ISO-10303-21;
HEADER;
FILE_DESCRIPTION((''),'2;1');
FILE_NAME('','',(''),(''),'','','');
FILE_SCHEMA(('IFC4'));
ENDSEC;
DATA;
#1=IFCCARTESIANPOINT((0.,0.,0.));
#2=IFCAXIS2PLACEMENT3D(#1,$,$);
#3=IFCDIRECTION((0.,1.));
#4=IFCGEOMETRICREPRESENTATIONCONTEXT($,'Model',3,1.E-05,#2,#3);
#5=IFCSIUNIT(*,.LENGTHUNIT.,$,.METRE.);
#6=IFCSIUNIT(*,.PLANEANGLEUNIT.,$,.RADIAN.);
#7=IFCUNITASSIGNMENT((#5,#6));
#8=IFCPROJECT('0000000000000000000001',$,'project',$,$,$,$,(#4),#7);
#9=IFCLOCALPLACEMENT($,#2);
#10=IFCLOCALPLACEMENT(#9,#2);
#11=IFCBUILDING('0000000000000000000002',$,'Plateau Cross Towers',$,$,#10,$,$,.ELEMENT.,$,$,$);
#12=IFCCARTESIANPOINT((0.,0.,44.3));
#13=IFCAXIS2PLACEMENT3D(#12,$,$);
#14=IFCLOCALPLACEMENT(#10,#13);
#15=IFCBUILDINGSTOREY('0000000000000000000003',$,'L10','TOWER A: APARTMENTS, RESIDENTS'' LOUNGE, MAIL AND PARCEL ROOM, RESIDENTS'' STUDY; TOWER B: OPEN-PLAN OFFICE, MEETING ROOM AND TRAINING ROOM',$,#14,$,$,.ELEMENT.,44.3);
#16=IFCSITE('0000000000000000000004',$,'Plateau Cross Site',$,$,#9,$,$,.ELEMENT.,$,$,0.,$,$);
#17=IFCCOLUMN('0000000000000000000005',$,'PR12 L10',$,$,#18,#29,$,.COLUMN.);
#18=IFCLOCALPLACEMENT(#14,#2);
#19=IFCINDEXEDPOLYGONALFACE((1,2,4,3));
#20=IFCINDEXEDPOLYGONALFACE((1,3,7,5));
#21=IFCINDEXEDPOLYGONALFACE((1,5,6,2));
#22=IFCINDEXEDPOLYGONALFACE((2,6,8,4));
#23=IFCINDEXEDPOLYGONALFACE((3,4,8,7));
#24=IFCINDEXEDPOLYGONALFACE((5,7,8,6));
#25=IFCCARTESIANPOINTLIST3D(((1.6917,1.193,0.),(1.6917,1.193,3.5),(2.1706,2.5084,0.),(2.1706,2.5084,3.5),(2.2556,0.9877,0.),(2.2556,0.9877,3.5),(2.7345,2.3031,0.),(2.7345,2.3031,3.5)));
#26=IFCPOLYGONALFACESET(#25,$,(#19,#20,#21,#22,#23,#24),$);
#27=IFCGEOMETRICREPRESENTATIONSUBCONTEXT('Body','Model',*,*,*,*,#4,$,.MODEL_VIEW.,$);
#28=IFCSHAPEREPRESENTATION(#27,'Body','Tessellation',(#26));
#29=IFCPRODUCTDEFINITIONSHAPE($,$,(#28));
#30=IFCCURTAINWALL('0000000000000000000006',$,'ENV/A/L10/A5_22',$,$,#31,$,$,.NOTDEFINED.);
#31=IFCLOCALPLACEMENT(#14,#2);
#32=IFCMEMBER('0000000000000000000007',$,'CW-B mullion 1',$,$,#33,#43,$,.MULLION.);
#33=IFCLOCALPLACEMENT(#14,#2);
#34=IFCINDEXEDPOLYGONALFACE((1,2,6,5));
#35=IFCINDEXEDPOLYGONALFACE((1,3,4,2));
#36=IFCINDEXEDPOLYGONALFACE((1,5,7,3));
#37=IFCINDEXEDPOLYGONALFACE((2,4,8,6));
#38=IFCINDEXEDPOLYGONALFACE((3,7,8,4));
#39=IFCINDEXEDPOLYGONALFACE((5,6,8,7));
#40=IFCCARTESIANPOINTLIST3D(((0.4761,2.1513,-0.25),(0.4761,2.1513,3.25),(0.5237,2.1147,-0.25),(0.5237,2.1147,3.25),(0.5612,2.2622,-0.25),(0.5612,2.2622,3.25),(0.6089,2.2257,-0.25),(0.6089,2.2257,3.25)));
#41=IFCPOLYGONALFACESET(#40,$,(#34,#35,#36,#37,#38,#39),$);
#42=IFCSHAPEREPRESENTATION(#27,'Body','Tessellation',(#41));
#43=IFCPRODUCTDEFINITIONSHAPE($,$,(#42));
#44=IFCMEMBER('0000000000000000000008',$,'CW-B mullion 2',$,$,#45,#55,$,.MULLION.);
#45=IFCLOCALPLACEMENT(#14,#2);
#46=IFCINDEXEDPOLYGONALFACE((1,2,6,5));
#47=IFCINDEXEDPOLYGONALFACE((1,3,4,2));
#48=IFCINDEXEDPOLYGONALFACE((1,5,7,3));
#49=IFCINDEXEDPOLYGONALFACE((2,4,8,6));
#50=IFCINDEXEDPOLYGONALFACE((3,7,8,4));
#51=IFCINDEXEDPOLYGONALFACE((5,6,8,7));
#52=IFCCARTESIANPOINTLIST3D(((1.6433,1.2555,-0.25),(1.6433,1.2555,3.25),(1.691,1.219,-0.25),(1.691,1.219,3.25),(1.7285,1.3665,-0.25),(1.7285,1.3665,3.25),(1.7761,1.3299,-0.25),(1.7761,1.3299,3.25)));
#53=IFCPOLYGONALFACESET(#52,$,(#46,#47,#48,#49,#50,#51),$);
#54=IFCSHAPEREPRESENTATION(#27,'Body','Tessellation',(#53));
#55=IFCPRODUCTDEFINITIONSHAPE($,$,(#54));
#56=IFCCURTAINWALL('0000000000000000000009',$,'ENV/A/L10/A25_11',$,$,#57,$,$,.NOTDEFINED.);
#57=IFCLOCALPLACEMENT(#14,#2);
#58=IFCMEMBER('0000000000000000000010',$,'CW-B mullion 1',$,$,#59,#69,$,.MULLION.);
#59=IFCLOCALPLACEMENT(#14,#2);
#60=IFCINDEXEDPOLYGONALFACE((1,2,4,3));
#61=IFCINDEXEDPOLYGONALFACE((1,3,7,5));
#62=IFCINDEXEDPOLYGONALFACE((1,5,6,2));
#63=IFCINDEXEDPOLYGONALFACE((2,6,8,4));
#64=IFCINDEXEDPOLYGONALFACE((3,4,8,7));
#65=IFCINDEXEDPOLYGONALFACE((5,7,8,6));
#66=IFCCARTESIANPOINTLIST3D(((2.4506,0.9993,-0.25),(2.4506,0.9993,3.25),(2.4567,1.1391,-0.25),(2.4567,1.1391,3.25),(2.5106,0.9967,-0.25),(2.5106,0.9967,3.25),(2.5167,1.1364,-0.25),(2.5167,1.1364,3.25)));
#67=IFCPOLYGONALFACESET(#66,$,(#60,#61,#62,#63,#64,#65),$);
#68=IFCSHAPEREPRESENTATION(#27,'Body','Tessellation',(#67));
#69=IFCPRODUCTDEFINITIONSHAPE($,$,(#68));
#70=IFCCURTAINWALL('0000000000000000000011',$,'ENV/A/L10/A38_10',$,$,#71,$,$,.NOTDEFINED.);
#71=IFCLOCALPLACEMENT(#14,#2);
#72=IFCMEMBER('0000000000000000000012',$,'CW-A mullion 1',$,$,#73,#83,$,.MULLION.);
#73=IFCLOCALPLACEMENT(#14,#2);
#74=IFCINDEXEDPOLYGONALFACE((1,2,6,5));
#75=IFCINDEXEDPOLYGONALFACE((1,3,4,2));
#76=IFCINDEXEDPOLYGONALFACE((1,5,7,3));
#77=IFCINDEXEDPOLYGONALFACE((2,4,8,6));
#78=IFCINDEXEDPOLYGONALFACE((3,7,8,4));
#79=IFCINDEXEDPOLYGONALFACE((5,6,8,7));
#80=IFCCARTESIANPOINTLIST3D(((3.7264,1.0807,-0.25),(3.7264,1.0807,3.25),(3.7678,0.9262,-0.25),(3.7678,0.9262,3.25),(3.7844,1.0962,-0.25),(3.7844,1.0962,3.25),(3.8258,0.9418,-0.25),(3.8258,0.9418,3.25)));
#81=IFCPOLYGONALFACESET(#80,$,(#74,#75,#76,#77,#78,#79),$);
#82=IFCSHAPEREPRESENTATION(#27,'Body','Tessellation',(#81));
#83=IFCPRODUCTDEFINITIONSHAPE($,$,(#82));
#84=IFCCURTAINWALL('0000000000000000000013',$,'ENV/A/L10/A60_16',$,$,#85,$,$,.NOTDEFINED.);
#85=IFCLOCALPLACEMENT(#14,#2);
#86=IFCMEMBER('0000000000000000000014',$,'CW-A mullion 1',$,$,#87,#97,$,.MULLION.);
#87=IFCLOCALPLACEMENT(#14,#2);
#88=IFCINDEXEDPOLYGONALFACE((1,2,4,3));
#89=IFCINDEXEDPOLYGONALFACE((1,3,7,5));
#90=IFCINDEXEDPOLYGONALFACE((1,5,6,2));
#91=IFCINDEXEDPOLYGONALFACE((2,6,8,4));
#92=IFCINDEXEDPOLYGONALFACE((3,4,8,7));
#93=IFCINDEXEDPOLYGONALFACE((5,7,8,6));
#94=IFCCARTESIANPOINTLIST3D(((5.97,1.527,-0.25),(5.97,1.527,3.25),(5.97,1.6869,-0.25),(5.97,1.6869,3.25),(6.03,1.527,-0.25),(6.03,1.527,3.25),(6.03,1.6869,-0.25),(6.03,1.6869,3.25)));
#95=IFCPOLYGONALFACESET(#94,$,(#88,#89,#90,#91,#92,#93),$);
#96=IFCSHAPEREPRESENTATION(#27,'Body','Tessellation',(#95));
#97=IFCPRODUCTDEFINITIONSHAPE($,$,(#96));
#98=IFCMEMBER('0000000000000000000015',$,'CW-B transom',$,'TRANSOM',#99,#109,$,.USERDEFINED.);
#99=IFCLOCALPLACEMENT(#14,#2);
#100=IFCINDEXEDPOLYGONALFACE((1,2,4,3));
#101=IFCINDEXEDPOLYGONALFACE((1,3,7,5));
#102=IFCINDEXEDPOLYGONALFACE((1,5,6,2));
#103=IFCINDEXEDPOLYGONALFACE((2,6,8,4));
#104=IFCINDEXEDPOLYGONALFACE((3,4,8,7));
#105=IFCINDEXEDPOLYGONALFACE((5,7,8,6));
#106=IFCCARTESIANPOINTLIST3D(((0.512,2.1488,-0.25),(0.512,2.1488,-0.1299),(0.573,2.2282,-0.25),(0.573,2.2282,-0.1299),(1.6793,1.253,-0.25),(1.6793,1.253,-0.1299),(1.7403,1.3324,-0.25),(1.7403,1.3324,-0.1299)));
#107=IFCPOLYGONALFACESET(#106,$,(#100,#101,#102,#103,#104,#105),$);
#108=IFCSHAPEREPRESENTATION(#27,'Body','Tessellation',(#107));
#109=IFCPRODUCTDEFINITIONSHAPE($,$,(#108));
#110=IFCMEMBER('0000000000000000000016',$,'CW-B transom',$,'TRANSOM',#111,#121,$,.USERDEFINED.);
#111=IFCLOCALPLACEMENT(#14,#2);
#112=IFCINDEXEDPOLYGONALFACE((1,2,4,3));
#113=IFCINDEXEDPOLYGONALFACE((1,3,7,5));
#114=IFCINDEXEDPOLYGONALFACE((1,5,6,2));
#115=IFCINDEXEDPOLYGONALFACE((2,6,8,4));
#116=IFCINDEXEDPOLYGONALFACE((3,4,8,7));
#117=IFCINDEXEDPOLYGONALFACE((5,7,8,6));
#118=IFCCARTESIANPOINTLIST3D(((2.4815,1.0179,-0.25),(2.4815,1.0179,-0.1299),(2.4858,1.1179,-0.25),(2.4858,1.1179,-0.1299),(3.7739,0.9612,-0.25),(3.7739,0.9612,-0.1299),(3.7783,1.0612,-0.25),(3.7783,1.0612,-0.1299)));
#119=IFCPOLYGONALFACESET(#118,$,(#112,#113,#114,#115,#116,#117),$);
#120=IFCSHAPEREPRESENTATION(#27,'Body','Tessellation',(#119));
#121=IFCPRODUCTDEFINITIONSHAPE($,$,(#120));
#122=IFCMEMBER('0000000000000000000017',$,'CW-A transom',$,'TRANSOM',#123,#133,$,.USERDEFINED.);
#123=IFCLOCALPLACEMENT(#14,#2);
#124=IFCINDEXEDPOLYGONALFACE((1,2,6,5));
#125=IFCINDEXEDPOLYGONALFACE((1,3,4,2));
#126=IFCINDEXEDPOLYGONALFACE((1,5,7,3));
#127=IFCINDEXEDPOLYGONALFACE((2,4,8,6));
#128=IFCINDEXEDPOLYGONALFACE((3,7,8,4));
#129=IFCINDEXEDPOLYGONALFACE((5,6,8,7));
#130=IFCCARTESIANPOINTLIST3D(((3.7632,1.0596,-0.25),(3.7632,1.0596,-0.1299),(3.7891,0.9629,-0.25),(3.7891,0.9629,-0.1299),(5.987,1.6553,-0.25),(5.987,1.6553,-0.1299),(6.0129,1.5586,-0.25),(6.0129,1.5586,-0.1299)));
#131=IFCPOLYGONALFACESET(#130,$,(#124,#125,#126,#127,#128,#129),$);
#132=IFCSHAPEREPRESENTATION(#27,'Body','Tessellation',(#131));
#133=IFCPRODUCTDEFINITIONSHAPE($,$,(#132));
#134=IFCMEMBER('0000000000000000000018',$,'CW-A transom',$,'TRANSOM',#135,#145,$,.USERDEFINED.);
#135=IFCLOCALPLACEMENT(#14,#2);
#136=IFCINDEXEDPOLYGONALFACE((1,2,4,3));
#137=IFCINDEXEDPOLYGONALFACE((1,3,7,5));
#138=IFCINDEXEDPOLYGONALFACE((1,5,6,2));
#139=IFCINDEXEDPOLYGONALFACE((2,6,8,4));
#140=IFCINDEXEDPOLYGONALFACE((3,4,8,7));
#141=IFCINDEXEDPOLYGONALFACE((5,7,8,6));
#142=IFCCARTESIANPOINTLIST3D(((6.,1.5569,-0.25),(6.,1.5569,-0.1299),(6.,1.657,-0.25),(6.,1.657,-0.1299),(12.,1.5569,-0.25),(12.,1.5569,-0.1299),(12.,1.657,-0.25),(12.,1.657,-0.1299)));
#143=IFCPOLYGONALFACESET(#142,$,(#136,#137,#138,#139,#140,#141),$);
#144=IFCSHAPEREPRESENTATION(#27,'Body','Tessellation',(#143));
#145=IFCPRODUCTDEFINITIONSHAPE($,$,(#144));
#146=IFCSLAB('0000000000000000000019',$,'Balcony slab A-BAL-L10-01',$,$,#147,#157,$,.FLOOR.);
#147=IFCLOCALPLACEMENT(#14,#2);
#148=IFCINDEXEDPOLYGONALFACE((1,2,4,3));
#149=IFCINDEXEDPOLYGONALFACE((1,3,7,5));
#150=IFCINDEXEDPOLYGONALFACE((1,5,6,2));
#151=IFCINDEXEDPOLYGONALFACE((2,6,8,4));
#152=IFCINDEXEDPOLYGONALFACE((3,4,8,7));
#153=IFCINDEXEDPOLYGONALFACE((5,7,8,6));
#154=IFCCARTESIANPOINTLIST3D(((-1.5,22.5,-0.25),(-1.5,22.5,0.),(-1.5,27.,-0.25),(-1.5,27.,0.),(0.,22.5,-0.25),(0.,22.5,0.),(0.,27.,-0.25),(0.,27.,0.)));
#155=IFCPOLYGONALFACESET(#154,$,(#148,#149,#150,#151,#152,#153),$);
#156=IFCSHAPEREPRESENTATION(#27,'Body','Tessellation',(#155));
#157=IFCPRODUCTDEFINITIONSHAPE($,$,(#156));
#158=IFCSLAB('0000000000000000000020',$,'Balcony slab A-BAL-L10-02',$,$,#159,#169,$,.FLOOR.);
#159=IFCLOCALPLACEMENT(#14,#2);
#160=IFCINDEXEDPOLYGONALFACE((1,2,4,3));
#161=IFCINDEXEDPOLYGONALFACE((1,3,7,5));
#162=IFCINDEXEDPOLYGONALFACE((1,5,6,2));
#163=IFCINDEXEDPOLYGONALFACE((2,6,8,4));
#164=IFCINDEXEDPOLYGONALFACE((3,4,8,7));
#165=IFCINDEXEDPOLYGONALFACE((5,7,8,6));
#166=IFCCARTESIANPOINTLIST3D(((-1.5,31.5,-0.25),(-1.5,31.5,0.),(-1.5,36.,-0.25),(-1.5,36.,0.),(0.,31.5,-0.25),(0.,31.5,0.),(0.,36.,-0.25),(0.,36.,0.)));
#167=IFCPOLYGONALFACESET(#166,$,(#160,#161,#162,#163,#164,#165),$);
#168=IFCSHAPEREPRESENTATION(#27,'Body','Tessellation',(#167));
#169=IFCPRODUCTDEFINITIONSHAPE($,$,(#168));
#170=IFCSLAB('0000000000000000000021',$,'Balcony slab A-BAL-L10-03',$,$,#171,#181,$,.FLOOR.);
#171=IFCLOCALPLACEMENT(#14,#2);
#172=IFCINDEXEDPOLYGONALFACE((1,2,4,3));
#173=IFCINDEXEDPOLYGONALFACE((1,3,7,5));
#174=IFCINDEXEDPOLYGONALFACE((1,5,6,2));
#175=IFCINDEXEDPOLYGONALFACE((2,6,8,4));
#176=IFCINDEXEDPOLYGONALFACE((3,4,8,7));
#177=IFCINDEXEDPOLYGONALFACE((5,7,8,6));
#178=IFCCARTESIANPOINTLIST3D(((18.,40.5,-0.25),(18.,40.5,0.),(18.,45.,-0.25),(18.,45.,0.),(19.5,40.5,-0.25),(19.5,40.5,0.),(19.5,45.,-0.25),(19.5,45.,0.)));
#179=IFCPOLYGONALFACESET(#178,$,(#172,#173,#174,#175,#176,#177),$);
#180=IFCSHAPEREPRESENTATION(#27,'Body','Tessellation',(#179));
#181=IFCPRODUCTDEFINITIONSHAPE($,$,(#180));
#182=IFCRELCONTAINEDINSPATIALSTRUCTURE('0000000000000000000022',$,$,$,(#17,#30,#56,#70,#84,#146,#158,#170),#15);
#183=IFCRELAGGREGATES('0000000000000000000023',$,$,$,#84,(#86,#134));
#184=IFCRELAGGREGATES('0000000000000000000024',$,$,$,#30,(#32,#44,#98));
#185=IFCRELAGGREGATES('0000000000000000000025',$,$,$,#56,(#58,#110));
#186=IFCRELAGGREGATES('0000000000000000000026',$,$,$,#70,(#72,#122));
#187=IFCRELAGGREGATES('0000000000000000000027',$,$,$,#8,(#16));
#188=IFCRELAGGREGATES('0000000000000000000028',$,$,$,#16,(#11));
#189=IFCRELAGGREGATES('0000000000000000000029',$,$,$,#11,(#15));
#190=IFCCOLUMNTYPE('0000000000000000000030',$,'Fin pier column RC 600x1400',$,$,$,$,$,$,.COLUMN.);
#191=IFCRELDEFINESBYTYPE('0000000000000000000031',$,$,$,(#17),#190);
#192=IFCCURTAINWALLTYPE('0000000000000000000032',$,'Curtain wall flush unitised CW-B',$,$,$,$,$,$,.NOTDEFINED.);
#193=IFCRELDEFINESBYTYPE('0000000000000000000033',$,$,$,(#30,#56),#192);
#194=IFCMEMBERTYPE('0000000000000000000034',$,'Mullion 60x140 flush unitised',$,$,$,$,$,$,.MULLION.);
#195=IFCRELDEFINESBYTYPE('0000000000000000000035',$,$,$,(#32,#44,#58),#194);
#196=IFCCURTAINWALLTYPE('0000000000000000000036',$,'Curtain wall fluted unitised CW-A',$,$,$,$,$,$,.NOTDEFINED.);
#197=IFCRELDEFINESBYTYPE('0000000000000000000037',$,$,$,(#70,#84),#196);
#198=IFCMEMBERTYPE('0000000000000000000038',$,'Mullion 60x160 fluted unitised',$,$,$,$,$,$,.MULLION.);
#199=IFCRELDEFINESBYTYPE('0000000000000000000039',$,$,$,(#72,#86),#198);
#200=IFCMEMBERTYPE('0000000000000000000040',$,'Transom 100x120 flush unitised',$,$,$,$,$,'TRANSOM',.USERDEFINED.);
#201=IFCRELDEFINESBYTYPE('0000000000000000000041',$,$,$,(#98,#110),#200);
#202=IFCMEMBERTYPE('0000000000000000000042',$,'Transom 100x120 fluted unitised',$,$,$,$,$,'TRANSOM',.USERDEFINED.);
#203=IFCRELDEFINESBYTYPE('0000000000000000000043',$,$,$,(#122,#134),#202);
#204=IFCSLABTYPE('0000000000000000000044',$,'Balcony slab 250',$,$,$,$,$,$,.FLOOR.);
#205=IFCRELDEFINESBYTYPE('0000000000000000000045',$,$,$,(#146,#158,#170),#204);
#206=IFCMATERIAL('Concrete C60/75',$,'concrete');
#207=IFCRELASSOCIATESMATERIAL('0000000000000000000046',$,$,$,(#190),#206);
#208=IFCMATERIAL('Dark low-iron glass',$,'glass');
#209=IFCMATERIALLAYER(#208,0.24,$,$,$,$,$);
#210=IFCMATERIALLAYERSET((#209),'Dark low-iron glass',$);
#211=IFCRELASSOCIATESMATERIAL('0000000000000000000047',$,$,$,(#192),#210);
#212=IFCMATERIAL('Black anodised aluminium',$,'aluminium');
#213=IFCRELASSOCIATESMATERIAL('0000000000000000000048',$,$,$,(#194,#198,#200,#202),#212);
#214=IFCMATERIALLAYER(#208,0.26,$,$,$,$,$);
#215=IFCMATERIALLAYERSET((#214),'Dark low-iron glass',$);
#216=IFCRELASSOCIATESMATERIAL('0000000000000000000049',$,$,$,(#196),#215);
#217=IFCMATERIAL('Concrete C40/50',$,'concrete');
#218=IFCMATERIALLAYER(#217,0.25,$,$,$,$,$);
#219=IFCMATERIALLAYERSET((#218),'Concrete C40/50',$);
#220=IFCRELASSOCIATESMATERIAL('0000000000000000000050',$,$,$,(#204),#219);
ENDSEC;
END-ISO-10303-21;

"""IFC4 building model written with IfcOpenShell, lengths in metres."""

from ifc_helpers import new_model, si_unit, direction, frame, origin, origin_2d, place, context, subcontext, project, spatial, polyline, rectangle, outline, extrude, material, layer, layer_set, material_profile, profile_set, type_object, element, aggregate, save


model = new_model("IFC4")

# Units and contexts
model_context = context("Model", 3, precision=1e-05, world=origin(), true_north=direction((0.0, 1.0)))
body_context = subcontext(model_context, "Body", "Model", "MODEL_VIEW")
ifc_project = project(units=[si_unit("LENGTHUNIT", "METRE"), si_unit("PLANEANGLEUNIT", "RADIAN")], contexts=[model_context])

# Site, building, storey
site_placement = place(None, origin())
site = spatial("IfcSite", under=ifc_project, at=site_placement, Name="Plateau Cross Site", CompositionType="ELEMENT", RefElevation=0.0)
building_placement = place(site_placement, origin())
building = spatial("IfcBuilding", under=site, at=building_placement, Name="Plateau Cross Towers", CompositionType="ELEMENT")
storey_placement = place(building_placement, frame((0.0, 0.0, 44.3)))
storey = spatial("IfcBuildingStorey", under=building, at=storey_placement, Name="L10", Description="TOWER A: APARTMENTS, RESIDENTS' LOUNGE, MAIL AND PARCEL ROOM, RESIDENTS' STUDY; TOWER B: OPEN-PLAN OFFICE, MEETING ROOM AND TRAINING ROOM", CompositionType="ELEMENT", Elevation=44.3)

# Column
ifc_material_1 = material(Name="Concrete C60/75", Category="concrete")
ifc_material_profile_1 = material_profile(ifc_material_1, rectangle(XDim=0.6001, YDim=1.3999, at=origin_2d()), Name="RC 600x1400")
ifc_profile_set_1 = profile_set([ifc_material_profile_1], Name="Concrete C60/75")
column_type = type_object("IfcColumnType", Name="Fin pier column RC 600x1400", PredefinedType="COLUMN", material=ifc_profile_set_1)
column_placement = place(storey_placement, frame((2.2131, 1.748, 0.0), z_axis=(0.0, 0.0, 1.0), x_axis=(-0.939664, 0.342098, 0.0)))
element("IfcColumn", 1, at=column_placement, inside=storey, type_object=column_type, Name="PR12 L10", PredefinedType="COLUMN", context=body_context, shape_type="SweptSolid", body=[
    extrude(rectangle(XDim=0.6001, YDim=1.3999, at=origin_2d()), origin(), (0.0, 0.0, 1.0), 3.5),
])

# Curtain wall, members
ifc_material_2 = material(Name="Dark low-iron glass", Category="glass")
ifc_layer_1 = layer(ifc_material_2, 0.24)
ifc_layer_set_1 = layer_set([ifc_layer_1], Name="Dark low-iron glass")
curtain_wall_type_1 = type_object("IfcCurtainWallType", Name="Curtain wall flush unitised CW-B", PredefinedType="NOTDEFINED", material=ifc_layer_set_1)
curtain_wall_1_placement = place(storey_placement, origin())
curtain_wall_1 = element("IfcCurtainWall", 2, at=curtain_wall_1_placement, inside=storey, type_object=curtain_wall_type_1, Name="ENV/A/L10/A5_22", PredefinedType="NOTDEFINED")
ifc_material_3 = material(Name="Black anodised aluminium", Category="aluminium")
ifc_material_profile_2 = material_profile(ifc_material_3, rectangle(XDim=0.0601, YDim=0.1399, at=origin_2d()), Name="MULLION 60x140")
ifc_profile_set_2 = profile_set([ifc_material_profile_2], Name="Black anodised aluminium")
member_type_1 = type_object("IfcMemberType", Name="Mullion 60x140 flush unitised", PredefinedType="MULLION", material=ifc_profile_set_2)
member_1_placement = place(storey_placement, frame((0.5425, 2.1885, -0.25), z_axis=(0.0, 0.0, 1.0), x_axis=(0.793316, -0.608811, 0.0)))
member_1 = element("IfcMember", 3, at=member_1_placement, type_object=member_type_1, Name="CW-B mullion 1", PredefinedType="MULLION", context=body_context, shape_type="SweptSolid", body=[
    extrude(rectangle(XDim=0.0601, YDim=0.1399, at=origin_2d()), origin(), (0.0, 0.0, 1.0), 3.5),
])
member_2_placement = place(storey_placement, frame((1.7097, 1.2927, -0.25), z_axis=(0.0, 0.0, 1.0), x_axis=(0.793316, -0.608811, 0.0)))
member_2 = element("IfcMember", 4, at=member_2_placement, type_object=member_type_1, Name="CW-B mullion 2", PredefinedType="MULLION", context=body_context, shape_type="SweptSolid", body=[
    extrude(rectangle(XDim=0.0601, YDim=0.1399, at=origin_2d()), origin(), (0.0, 0.0, 1.0), 3.5),
])

# Curtain walls, members
curtain_wall_2_placement = place(storey_placement, origin())
curtain_wall_2 = element("IfcCurtainWall", 5, at=curtain_wall_2_placement, inside=storey, type_object=curtain_wall_type_1, Name="ENV/A/L10/A25_11", PredefinedType="NOTDEFINED")
member_3_placement = place(storey_placement, frame((2.4836, 1.0679, -0.25), z_axis=(0.0, 0.0, 1.0), x_axis=(0.999044, -0.043723, 0.0)))
member_3 = element("IfcMember", 6, at=member_3_placement, type_object=member_type_1, Name="CW-B mullion 1", PredefinedType="MULLION", context=body_context, shape_type="SweptSolid", body=[
    extrude(rectangle(XDim=0.0601, YDim=0.1399, at=origin_2d()), origin(), (0.0, 0.0, 1.0), 3.5),
])
ifc_layer_2 = layer(ifc_material_2, 0.26)
ifc_layer_set_2 = layer_set([ifc_layer_2], Name="Dark low-iron glass")
curtain_wall_type_2 = type_object("IfcCurtainWallType", Name="Curtain wall fluted unitised CW-A", PredefinedType="NOTDEFINED", material=ifc_layer_set_2)
curtain_wall_3_placement = place(storey_placement, origin())
curtain_wall_3 = element("IfcCurtainWall", 7, at=curtain_wall_3_placement, inside=storey, type_object=curtain_wall_type_2, Name="ENV/A/L10/A38_10", PredefinedType="NOTDEFINED")
ifc_material_profile_3 = material_profile(ifc_material_3, rectangle(XDim=0.0601, YDim=0.1599, at=origin_2d()), Name="MULLION 60x160")
ifc_profile_set_3 = profile_set([ifc_material_profile_3], Name="Black anodised aluminium")
member_type_2 = type_object("IfcMemberType", Name="Mullion 60x160 fluted unitised", PredefinedType="MULLION", material=ifc_profile_set_3)
member_4_placement = place(storey_placement, frame((3.7761, 1.0112, -0.25), z_axis=(0.0, 0.0, 1.0), x_axis=(0.965958, 0.258699, 0.0)))
member_4 = element("IfcMember", 8, at=member_4_placement, type_object=member_type_2, Name="CW-A mullion 1", PredefinedType="MULLION", context=body_context, shape_type="SweptSolid", body=[
    extrude(rectangle(XDim=0.0601, YDim=0.1599, at=origin_2d()), origin(), (0.0, 0.0, 1.0), 3.5),
])
curtain_wall_4_placement = place(storey_placement, origin())
curtain_wall_4 = element("IfcCurtainWall", 9, at=curtain_wall_4_placement, inside=storey, type_object=curtain_wall_type_2, Name="ENV/A/L10/A60_16", PredefinedType="NOTDEFINED")
member_5_placement = place(storey_placement, frame((6.0, 1.6069, -0.25), z_axis=(0.0, 0.0, 1.0), x_axis=(1.0, 0.0, 0.0)))
member_5 = element("IfcMember", 10, at=member_5_placement, type_object=member_type_2, Name="CW-A mullion 1", PredefinedType="MULLION", context=body_context, shape_type="SweptSolid", body=[
    extrude(rectangle(XDim=0.0601, YDim=0.1599, at=origin_2d()), origin(), (0.0, 0.0, 1.0), 3.5),
])

# Members
ifc_material_profile_4 = material_profile(ifc_material_3, rectangle(XDim=0.1001, YDim=0.1201, at=origin_2d()), Name="TRANSOM 100x120")
ifc_profile_set_4 = profile_set([ifc_material_profile_4], Name="Black anodised aluminium")
member_type_3 = type_object("IfcMemberType", Name="Transom 100x120 flush unitised", ElementType="TRANSOM", PredefinedType="USERDEFINED", material=ifc_profile_set_4)
member_6_placement = place(storey_placement, frame((0.5425, 2.1885, -0.1899), z_axis=(0.793321, -0.608804, 0.0), x_axis=(0.608804, 0.793321, 0.0)))
member_6 = element("IfcMember", 11, at=member_6_placement, type_object=member_type_3, Name="CW-B transom", ObjectType="TRANSOM", PredefinedType="USERDEFINED", context=body_context, shape_type="SweptSolid", body=[
    extrude(rectangle(XDim=0.1001, YDim=0.1201, at=origin_2d()), origin(), (0.0, 0.0, 1.0), 1.4714),
])
member_7_placement = place(storey_placement, frame((2.4836, 1.0679, -0.1899), z_axis=(0.999041, -0.043781, 0.0), x_axis=(0.043781, 0.999041, 0.0)))
member_7 = element("IfcMember", 12, at=member_7_placement, type_object=member_type_3, Name="CW-B transom", ObjectType="TRANSOM", PredefinedType="USERDEFINED", context=body_context, shape_type="SweptSolid", body=[
    extrude(rectangle(XDim=0.1001, YDim=0.1201, at=origin_2d()), origin(), (0.0, 0.0, 1.0), 1.2937),
])
ifc_material_profile_5 = material_profile(ifc_material_3, rectangle(XDim=0.1001, YDim=0.1201, at=origin_2d()), Name="TRANSOM 100x120")
ifc_profile_set_5 = profile_set([ifc_material_profile_5], Name="Black anodised aluminium")
member_type_4 = type_object("IfcMemberType", Name="Transom 100x120 fluted unitised", ElementType="TRANSOM", PredefinedType="USERDEFINED", material=ifc_profile_set_5)
member_8_placement = place(storey_placement, frame((3.7761, 1.0112, -0.1899), z_axis=(0.965946, 0.258745, 0.0), x_axis=(-0.258745, 0.965946, 0.0)))
member_8 = element("IfcMember", 13, at=member_8_placement, type_object=member_type_4, Name="CW-A transom", ObjectType="TRANSOM", PredefinedType="USERDEFINED", context=body_context, shape_type="SweptSolid", body=[
    extrude(rectangle(XDim=0.1001, YDim=0.1201, at=origin_2d()), origin(), (0.0, 0.0, 1.0), 2.3022),
])
member_9_placement = place(storey_placement, frame((6.0, 1.6069, -0.1899), z_axis=(1.0, 0.0, 0.0), x_axis=(0.0, 1.0, 0.0)))
member_9 = element("IfcMember", 14, at=member_9_placement, type_object=member_type_4, Name="CW-A transom", ObjectType="TRANSOM", PredefinedType="USERDEFINED", context=body_context, shape_type="SweptSolid", body=[
    extrude(rectangle(XDim=0.1001, YDim=0.1201, at=origin_2d()), origin(), (0.0, 0.0, 1.0), 6.0),
])
aggregate(curtain_wall_4, [member_5, member_9])

# Slabs
ifc_material_4 = material(Name="Concrete C40/50", Category="concrete")
ifc_layer_3 = layer(ifc_material_4, 0.25)
ifc_layer_set_3 = layer_set([ifc_layer_3], Name="Concrete C40/50")
slab_type_1 = type_object("IfcSlabType", Name="Balcony slab 250", PredefinedType="FLOOR", material=ifc_layer_set_3)
slab_1_placement = place(storey_placement, frame((0.0, 0.0, -0.25)))
element("IfcSlab", 15, at=slab_1_placement, inside=storey, type_object=slab_type_1, Name="Balcony slab A-BAL-L10-01", PredefinedType="FLOOR", context=body_context, shape_type="SweptSolid", body=[
    extrude(outline(polyline([(0.0, 22.5), (0.0, 27.0), (-1.5, 27.0), (-1.5, 22.5), (0.0, 22.5)])), origin(), (0.0, 0.0, 1.0), 0.25),
])
slab_2_placement = place(storey_placement, frame((0.0, 0.0, -0.25)))
element("IfcSlab", 16, at=slab_2_placement, inside=storey, type_object=slab_type_1, Name="Balcony slab A-BAL-L10-02", PredefinedType="FLOOR", context=body_context, shape_type="SweptSolid", body=[
    extrude(outline(polyline([(0.0, 31.5), (0.0, 36.0), (-1.5, 36.0), (-1.5, 31.5), (0.0, 31.5)])), origin(), (0.0, 0.0, 1.0), 0.25),
])
slab_3_placement = place(storey_placement, frame((0.0, 0.0, -0.25)))
element("IfcSlab", 17, at=slab_3_placement, inside=storey, type_object=slab_type_1, Name="Balcony slab A-BAL-L10-03", PredefinedType="FLOOR", context=body_context, shape_type="SweptSolid", body=[
    extrude(outline(polyline([(19.5, 40.5), (19.5, 45.0), (18.0, 45.0), (18.0, 40.5), (19.5, 40.5)])), origin(), (0.0, 0.0, 1.0), 0.25),
])

aggregate(curtain_wall_1, [member_1, member_2, member_6])
aggregate(curtain_wall_2, [member_3, member_7])
aggregate(curtain_wall_3, [member_4, member_8])

save(model, "model.ifc")
